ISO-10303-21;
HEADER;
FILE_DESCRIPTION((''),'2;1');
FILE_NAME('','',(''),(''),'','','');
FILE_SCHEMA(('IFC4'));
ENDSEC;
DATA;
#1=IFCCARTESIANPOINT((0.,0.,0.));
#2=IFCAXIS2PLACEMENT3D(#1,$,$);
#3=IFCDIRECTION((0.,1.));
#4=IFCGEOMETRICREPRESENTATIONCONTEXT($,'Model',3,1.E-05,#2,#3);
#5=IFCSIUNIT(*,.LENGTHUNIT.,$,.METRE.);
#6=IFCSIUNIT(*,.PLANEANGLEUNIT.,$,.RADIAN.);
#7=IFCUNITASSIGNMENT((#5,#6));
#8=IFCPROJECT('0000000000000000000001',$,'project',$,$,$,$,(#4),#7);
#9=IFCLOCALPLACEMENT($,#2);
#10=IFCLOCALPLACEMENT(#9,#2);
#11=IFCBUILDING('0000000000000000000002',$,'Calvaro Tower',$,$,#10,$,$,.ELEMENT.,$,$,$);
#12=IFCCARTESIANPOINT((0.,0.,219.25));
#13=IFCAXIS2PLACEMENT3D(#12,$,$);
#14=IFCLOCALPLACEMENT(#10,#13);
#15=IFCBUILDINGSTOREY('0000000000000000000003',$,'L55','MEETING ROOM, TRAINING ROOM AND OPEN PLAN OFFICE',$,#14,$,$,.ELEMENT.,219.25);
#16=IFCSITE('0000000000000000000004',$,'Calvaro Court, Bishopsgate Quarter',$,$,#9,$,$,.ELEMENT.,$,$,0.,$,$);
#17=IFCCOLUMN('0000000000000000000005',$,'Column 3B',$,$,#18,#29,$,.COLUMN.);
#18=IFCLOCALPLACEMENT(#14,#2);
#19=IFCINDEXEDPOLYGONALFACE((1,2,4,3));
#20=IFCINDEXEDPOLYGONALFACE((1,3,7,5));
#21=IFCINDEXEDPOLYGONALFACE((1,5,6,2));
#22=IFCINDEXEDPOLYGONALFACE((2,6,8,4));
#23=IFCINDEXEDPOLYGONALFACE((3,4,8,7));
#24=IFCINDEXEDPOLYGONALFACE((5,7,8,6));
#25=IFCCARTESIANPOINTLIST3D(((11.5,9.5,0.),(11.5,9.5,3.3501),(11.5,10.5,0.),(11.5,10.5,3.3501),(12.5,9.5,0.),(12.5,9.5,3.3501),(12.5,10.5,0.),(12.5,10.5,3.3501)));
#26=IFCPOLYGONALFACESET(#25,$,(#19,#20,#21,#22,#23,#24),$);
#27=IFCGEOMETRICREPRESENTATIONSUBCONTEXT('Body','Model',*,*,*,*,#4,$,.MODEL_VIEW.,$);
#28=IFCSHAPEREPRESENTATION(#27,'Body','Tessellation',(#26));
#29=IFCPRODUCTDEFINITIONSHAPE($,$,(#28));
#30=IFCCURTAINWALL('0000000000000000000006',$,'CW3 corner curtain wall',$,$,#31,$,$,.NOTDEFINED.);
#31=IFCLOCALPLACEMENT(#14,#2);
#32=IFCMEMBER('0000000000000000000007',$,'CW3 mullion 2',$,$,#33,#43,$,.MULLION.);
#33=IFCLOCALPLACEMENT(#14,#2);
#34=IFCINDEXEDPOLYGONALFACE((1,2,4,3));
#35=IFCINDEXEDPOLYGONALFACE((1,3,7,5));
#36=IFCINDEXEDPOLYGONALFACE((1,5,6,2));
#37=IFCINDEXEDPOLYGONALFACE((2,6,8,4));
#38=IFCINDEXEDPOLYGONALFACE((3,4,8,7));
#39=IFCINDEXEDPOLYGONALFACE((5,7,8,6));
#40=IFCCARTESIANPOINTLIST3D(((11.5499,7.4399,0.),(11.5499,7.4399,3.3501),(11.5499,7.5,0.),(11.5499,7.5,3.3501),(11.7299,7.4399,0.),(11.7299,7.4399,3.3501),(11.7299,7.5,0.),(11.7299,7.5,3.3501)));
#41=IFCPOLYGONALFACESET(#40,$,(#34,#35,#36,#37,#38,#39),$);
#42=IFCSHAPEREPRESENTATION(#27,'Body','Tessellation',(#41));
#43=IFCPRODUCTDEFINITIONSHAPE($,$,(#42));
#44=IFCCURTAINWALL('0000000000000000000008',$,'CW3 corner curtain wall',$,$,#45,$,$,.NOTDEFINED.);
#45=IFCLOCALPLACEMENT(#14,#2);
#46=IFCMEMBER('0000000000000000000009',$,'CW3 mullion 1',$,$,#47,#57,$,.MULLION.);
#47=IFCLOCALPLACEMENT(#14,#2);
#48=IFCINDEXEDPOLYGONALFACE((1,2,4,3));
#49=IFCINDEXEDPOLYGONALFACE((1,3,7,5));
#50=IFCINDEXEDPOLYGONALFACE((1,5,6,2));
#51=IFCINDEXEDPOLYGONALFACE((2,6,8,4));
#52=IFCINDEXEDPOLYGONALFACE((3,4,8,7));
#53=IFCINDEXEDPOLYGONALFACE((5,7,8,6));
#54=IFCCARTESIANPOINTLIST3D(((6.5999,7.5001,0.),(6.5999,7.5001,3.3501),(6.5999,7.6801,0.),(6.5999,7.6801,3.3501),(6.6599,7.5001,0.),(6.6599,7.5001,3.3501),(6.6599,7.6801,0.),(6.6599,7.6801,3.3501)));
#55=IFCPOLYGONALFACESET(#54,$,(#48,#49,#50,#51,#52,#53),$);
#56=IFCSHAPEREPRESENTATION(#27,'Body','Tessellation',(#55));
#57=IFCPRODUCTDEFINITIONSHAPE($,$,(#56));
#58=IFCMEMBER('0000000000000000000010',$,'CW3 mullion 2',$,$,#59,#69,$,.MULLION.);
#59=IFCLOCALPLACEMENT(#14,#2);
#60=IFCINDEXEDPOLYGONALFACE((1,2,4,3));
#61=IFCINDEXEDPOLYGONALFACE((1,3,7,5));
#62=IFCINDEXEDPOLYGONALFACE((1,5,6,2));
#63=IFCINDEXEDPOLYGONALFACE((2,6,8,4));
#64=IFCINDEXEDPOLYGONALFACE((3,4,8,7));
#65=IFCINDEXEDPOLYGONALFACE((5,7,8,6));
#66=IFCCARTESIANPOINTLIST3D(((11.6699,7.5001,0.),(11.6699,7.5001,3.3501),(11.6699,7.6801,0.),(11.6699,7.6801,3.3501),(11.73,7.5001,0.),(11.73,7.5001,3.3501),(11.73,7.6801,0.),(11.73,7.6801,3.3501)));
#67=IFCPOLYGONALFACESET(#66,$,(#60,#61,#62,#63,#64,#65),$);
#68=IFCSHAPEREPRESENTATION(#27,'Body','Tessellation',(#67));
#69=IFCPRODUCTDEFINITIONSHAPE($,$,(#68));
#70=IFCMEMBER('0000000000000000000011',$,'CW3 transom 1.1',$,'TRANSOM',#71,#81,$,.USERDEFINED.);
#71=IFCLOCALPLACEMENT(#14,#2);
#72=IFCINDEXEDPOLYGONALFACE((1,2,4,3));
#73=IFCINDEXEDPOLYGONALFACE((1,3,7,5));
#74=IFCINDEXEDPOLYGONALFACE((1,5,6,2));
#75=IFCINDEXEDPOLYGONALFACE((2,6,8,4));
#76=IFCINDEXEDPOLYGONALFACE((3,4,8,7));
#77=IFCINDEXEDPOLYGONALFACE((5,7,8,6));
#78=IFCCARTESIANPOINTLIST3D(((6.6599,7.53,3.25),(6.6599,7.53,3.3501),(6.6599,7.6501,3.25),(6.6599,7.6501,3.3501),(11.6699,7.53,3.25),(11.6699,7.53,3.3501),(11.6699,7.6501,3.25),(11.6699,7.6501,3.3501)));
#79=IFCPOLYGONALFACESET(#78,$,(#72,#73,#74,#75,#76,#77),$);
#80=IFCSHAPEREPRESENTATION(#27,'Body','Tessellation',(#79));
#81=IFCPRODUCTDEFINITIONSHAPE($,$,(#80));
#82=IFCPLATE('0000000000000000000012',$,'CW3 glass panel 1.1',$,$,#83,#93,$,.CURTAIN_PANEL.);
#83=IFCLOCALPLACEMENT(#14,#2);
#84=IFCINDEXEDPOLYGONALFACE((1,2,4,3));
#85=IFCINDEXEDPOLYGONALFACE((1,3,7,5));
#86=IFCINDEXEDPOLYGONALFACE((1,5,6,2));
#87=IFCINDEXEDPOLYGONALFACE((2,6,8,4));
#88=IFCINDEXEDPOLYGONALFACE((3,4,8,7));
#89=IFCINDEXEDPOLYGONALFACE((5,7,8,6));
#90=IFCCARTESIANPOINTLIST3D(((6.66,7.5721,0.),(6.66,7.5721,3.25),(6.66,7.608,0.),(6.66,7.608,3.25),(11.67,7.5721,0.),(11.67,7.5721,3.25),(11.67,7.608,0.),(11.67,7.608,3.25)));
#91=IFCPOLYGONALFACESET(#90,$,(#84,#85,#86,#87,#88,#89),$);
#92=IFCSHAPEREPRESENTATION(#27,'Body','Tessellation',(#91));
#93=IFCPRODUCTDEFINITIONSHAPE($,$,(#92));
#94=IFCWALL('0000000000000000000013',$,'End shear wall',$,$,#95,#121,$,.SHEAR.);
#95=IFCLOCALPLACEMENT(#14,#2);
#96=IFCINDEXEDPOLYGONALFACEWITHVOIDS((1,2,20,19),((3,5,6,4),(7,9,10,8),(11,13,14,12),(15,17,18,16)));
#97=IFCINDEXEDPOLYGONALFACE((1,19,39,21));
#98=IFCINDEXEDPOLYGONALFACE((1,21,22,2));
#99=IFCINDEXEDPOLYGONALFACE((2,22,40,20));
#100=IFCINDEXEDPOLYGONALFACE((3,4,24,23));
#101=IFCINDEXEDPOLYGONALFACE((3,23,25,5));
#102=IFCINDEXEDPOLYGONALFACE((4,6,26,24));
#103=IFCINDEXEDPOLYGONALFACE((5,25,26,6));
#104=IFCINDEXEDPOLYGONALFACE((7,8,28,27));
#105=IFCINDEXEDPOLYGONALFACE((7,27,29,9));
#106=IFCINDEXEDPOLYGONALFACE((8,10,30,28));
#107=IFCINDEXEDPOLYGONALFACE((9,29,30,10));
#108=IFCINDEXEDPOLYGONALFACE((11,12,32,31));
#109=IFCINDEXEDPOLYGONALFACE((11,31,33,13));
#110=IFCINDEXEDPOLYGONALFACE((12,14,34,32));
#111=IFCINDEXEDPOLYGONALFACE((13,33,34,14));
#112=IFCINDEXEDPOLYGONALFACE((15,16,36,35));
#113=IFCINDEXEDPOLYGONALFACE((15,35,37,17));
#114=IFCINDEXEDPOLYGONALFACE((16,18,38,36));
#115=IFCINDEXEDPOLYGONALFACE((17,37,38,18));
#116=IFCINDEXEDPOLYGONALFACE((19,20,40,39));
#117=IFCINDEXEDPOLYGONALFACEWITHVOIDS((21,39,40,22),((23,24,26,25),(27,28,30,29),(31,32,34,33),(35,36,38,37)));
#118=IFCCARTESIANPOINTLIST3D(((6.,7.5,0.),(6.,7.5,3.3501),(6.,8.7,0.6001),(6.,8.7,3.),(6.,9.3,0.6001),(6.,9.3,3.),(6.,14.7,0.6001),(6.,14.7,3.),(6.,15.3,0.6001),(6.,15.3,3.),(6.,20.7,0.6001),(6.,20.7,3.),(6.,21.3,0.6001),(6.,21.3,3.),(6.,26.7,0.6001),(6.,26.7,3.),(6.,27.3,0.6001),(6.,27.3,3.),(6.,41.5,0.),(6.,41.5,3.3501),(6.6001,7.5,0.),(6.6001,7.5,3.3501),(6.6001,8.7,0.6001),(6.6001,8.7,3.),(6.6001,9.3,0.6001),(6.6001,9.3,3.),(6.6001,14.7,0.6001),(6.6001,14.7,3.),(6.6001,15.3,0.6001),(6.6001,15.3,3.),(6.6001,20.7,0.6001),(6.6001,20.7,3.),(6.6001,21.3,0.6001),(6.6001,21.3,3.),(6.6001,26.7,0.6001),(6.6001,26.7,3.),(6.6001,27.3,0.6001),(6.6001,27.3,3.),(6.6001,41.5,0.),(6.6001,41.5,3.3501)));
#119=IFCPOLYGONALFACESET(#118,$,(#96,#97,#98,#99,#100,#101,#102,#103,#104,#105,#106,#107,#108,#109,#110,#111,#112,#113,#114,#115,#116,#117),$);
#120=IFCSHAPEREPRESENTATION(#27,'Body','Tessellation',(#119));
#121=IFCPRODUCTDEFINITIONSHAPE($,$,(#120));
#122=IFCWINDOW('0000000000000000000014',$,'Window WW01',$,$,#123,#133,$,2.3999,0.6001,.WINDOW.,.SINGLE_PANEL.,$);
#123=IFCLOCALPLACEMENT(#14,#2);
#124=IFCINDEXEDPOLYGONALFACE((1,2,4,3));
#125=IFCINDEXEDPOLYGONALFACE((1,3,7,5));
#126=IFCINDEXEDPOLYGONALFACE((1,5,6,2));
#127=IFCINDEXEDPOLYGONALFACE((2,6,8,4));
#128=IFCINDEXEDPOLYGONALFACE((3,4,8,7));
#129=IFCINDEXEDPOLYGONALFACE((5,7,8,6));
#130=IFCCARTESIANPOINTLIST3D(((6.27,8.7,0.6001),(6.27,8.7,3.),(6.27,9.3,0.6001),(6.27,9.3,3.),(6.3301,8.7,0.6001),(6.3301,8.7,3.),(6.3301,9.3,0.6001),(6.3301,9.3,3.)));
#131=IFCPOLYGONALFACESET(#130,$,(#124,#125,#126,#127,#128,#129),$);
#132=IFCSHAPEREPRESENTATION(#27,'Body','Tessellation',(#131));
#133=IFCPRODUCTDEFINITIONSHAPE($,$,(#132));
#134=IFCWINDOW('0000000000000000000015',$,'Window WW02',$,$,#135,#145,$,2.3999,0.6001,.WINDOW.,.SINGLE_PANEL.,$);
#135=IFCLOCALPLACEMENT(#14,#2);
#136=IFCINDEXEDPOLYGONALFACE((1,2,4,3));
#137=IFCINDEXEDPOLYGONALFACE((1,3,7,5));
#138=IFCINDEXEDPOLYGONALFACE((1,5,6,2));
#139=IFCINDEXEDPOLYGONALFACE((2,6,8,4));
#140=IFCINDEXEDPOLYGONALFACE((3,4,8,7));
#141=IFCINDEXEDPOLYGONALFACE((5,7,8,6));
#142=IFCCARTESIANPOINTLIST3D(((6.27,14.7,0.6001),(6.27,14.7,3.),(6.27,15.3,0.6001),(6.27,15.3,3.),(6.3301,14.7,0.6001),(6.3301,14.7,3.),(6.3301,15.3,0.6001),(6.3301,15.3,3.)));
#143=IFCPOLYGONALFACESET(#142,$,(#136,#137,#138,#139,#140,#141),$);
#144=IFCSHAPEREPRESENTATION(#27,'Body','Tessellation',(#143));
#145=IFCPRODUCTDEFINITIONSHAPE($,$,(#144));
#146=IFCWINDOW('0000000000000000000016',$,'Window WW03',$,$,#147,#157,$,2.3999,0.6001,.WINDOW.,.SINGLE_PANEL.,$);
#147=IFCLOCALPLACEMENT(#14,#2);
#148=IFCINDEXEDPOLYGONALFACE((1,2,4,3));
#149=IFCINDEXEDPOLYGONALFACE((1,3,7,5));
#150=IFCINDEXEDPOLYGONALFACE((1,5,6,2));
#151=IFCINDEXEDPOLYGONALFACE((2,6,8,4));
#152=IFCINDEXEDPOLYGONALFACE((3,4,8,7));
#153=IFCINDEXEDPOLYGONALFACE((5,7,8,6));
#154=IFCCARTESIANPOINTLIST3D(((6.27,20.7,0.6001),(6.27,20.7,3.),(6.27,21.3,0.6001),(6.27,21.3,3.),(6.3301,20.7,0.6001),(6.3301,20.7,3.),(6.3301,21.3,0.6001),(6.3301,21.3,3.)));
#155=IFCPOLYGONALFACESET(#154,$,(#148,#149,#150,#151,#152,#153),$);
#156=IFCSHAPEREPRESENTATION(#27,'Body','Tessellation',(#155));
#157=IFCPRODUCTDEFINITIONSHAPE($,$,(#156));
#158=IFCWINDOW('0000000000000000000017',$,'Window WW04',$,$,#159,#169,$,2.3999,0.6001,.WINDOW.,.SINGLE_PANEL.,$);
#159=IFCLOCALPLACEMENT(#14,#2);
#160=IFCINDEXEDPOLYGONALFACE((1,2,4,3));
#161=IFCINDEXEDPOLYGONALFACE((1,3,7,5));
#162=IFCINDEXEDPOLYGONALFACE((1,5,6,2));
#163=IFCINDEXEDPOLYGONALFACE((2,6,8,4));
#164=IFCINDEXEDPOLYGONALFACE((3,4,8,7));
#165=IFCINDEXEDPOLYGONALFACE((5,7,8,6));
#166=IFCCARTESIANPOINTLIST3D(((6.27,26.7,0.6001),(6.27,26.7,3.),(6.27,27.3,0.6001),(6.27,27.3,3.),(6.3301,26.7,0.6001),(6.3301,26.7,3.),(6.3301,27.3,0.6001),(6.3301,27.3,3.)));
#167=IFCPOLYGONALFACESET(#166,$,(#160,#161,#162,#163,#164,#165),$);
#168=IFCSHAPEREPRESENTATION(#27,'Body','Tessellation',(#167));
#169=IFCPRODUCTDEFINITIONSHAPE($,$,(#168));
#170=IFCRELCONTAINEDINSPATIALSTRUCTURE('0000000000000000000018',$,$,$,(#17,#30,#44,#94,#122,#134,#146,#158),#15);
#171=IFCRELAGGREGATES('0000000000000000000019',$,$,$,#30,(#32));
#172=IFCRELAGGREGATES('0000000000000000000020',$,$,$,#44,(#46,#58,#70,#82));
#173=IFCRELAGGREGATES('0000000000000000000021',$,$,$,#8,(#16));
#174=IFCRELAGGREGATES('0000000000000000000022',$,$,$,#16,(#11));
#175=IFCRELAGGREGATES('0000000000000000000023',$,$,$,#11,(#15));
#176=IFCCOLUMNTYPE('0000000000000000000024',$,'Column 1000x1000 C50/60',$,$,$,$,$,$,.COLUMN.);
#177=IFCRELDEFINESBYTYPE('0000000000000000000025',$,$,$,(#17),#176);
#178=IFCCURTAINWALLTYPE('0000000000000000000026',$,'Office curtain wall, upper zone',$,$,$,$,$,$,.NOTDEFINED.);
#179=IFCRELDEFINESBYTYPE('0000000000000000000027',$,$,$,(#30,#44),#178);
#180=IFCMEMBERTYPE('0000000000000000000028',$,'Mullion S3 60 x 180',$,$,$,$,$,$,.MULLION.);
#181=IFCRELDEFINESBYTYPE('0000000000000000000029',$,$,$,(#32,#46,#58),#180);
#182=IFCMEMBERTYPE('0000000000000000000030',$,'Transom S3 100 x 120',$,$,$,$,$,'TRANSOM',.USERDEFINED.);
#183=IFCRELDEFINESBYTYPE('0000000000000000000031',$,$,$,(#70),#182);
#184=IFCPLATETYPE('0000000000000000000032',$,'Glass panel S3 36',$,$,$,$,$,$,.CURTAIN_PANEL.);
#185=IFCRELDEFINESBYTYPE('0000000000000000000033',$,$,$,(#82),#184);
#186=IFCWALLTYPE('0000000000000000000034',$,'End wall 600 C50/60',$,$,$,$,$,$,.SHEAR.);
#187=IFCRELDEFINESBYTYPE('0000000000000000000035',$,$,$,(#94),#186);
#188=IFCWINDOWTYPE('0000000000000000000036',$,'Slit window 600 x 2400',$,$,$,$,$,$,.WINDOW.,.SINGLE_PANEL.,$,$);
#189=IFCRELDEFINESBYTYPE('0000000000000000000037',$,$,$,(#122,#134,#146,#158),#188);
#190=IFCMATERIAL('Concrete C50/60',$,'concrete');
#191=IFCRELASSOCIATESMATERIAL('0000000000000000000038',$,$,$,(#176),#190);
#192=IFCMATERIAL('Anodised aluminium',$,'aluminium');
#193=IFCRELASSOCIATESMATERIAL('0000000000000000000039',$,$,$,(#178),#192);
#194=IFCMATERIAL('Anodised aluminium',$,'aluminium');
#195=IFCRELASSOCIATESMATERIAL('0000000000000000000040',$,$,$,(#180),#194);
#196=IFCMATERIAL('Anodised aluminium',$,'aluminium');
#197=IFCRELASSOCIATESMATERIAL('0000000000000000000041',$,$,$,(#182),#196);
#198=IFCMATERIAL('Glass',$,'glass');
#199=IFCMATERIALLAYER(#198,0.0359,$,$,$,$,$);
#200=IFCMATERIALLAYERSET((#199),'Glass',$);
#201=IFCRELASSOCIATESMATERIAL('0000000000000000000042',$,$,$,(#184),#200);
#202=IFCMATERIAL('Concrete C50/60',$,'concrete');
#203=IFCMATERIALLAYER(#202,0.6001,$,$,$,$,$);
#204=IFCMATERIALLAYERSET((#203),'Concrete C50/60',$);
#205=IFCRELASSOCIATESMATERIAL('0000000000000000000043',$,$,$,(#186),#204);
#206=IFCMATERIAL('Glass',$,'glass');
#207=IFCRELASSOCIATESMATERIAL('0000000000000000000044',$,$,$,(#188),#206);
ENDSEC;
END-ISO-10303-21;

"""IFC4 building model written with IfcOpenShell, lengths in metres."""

from ifc_helpers import new_model, si_unit, direction, frame, frame_2d, origin, origin_2d, place, context, subcontext, project, spatial, rectangle, extrude, material, layer, layer_set, material_profile, profile_set, type_object, element, fill, aggregate, save


model = new_model("IFC4")

# Units and contexts
model_context = context("Model", 3, precision=1e-05, world=origin(), true_north=direction((0.0, 1.0)))
body_context = subcontext(model_context, "Body", "Model", "MODEL_VIEW")
ifc_project = project(units=[si_unit("LENGTHUNIT", "METRE"), si_unit("PLANEANGLEUNIT", "RADIAN")], contexts=[model_context])

# Site, building, storey
site_placement = place(None, origin())
site = spatial("IfcSite", under=ifc_project, at=site_placement, Name="Calvaro Court, Bishopsgate Quarter", CompositionType="ELEMENT", RefElevation=0.0)
building_placement = place(site_placement, origin())
building = spatial("IfcBuilding", under=site, at=building_placement, Name="Calvaro Tower", CompositionType="ELEMENT")
storey_placement = place(building_placement, frame((0.0, 0.0, 219.25)))
storey = spatial("IfcBuildingStorey", under=building, at=storey_placement, Name="L55", Description="MEETING ROOM, TRAINING ROOM AND OPEN PLAN OFFICE", CompositionType="ELEMENT", Elevation=219.25)

# Column
ifc_material_1 = material(Name="Concrete C50/60", Category="concrete")
ifc_material_profile_1 = material_profile(ifc_material_1, rectangle(XDim=1.0, YDim=1.0, at=origin_2d()), Name="RC 1000x1000")
ifc_profile_set_1 = profile_set([ifc_material_profile_1], Name="Concrete C50/60")
column_type = type_object("IfcColumnType", Name="Column 1000x1000 C50/60", PredefinedType="COLUMN", material=ifc_profile_set_1)
column_placement = place(storey_placement, frame((12.0, 10.0, 0.0), z_axis=(0.0, 0.0, 1.0), x_axis=(1.0, 0.0, 0.0)))
element("IfcColumn", 1, at=column_placement, inside=storey, type_object=column_type, Name="Column 3B", PredefinedType="COLUMN", context=body_context, shape_type="SweptSolid", body=[
    extrude(rectangle(XDim=1.0, YDim=1.0, at=origin_2d()), origin(), (0.0, 0.0, 1.0), 3.3501),
])

# Curtain wall, member
ifc_material_2 = material(Name="Anodised aluminium", Category="aluminium")
curtain_wall_type = type_object("IfcCurtainWallType", Name="Office curtain wall, upper zone", PredefinedType="NOTDEFINED", material=ifc_material_2)
curtain_wall_1_placement = place(storey_placement, origin())
curtain_wall_1 = element("IfcCurtainWall", 2, at=curtain_wall_1_placement, inside=storey, type_object=curtain_wall_type, Name="CW3 corner curtain wall", PredefinedType="NOTDEFINED")
ifc_material_3 = material(Name="Anodised aluminium", Category="aluminium")
ifc_material_profile_2 = material_profile(ifc_material_3, rectangle(XDim=0.1799, YDim=0.0601, at=origin_2d()), Name="Mullion S3 60 x 180")
ifc_profile_set_2 = profile_set([ifc_material_profile_2], Name="Anodised aluminium")
member_type_1 = type_object("IfcMemberType", Name="Mullion S3 60 x 180", PredefinedType="MULLION", material=ifc_profile_set_2)
member_1_placement = place(storey_placement, frame((11.6399, 7.47, 0.0), z_axis=(0.0, 0.0, 1.0), x_axis=(-1.0, 0.0, 0.0)))
member_1 = element("IfcMember", 3, at=member_1_placement, type_object=member_type_1, Name="CW3 mullion 2", PredefinedType="MULLION", context=body_context, shape_type="SweptSolid", body=[
    extrude(rectangle(XDim=0.1799, YDim=0.0601, at=origin_2d()), origin(), (0.0, 0.0, 1.0), 3.3501),
])
aggregate(curtain_wall_1, [member_1])

# Curtain wall, members, plate
curtain_wall_2_placement = place(storey_placement, origin())
curtain_wall_2 = element("IfcCurtainWall", 4, at=curtain_wall_2_placement, inside=storey, type_object=curtain_wall_type, Name="CW3 corner curtain wall", PredefinedType="NOTDEFINED")
member_2_placement = place(storey_placement, frame((6.6299, 7.5901, 0.0), z_axis=(0.0, 0.0, 1.0), x_axis=(0.0, 1.0, 0.0)))
member_2 = element("IfcMember", 5, at=member_2_placement, type_object=member_type_1, Name="CW3 mullion 1", PredefinedType="MULLION", context=body_context, shape_type="SweptSolid", body=[
    extrude(rectangle(XDim=0.1799, YDim=0.0601, at=origin_2d()), origin(), (0.0, 0.0, 1.0), 3.3501),
])
member_3_placement = place(storey_placement, frame((11.7, 7.5901, 0.0), z_axis=(0.0, 0.0, 1.0), x_axis=(0.0, 1.0, 0.0)))
member_3 = element("IfcMember", 6, at=member_3_placement, type_object=member_type_1, Name="CW3 mullion 2", PredefinedType="MULLION", context=body_context, shape_type="SweptSolid", body=[
    extrude(rectangle(XDim=0.1799, YDim=0.0601, at=origin_2d()), origin(), (0.0, 0.0, 1.0), 3.3501),
])
ifc_material_4 = material(Name="Anodised aluminium", Category="aluminium")
ifc_material_profile_3 = material_profile(ifc_material_4, rectangle(XDim=0.1201, YDim=0.1001, at=origin_2d()), Name="Transom S3 100 x 120")
ifc_profile_set_3 = profile_set([ifc_material_profile_3], Name="Anodised aluminium")
member_type_2 = type_object("IfcMemberType", Name="Transom S3 100 x 120", ElementType="TRANSOM", PredefinedType="USERDEFINED", material=ifc_profile_set_3)
member_4_placement = place(storey_placement, frame((6.6599, 7.5901, 3.3), z_axis=(1.0, 0.0, 0.0), x_axis=(0.0, 1.0, 0.0)))
member_4 = element("IfcMember", 7, at=member_4_placement, type_object=member_type_2, Name="CW3 transom 1.1", ObjectType="TRANSOM", PredefinedType="USERDEFINED", context=body_context, shape_type="SweptSolid", body=[
    extrude(rectangle(XDim=0.1201, YDim=0.1001, at=origin_2d()), origin(), (0.0, 0.0, 1.0), 5.01),
])
ifc_material_5 = material(Name="Glass", Category="glass")
ifc_layer_1 = layer(ifc_material_5, 0.0359)
ifc_layer_set_1 = layer_set([ifc_layer_1], Name="Glass")
plate_type = type_object("IfcPlateType", Name="Glass panel S3 36", PredefinedType="CURTAIN_PANEL", material=ifc_layer_set_1)
plate_placement = place(storey_placement, frame((9.165, 7.5901, 0.0), z_axis=(0.0, 0.0, 1.0), x_axis=(1.0, 0.0, 0.0)))
plate = element("IfcPlate", 8, at=plate_placement, type_object=plate_type, Name="CW3 glass panel 1.1", PredefinedType="CURTAIN_PANEL", context=body_context, shape_type="SweptSolid", body=[
    extrude(rectangle(XDim=5.01, YDim=0.0359, at=origin_2d()), origin(), (0.0, 0.0, 1.0), 3.25),
])
aggregate(curtain_wall_2, [member_2, member_3, member_4, plate])

# Wall, openings, windows
ifc_material_6 = material(Name="Concrete C50/60", Category="concrete")
ifc_layer_2 = layer(ifc_material_6, 0.6001)
ifc_layer_set_2 = layer_set([ifc_layer_2], Name="Concrete C50/60")
wall_type_1 = type_object("IfcWallType", Name="End wall 600 C50/60", PredefinedType="SHEAR", material=ifc_layer_set_2)
wall_1_placement = place(storey_placement, frame((6.3, 7.5, 0.0), z_axis=(0.0, 0.0, 1.0), x_axis=(0.0, 1.0, 0.0)))
wall_1 = element("IfcWall", 9, at=wall_1_placement, inside=storey, type_object=wall_type_1, Name="End shear wall", PredefinedType="SHEAR", context=body_context, shape_type="SweptSolid", body=[
    extrude(rectangle(XDim=34.0, YDim=0.6001, at=frame_2d((17.0, 0.0))), origin(), (0.0, 0.0, 1.0), 3.3501),
])
opening_1_placement = place(wall_1_placement, frame((1.2, 0.0, 0.6001)))
opening_1 = element("IfcOpeningElement", 10, at=opening_1_placement, cuts=wall_1, PredefinedType="OPENING", context=body_context, shape_type="SweptSolid", body=[
    extrude(rectangle(XDim=0.6001, YDim=2.3999, at=frame_2d((0.3, 1.2))), frame((0.0, 0.3101, 0.0), z_axis=(0.0, -1.0, 0.0), x_axis=(1.0, 0.0, 0.0)), (0.0, 0.0, 1.0), 0.6201),
])
opening_2_placement = place(wall_1_placement, frame((7.2, 0.0, 0.6001)))
opening_2 = element("IfcOpeningElement", 11, at=opening_2_placement, cuts=wall_1, PredefinedType="OPENING", context=body_context, shape_type="SweptSolid", body=[
    extrude(rectangle(XDim=0.6001, YDim=2.3999, at=frame_2d((0.3, 1.2))), frame((0.0, 0.3101, 0.0), z_axis=(0.0, -1.0, 0.0), x_axis=(1.0, 0.0, 0.0)), (0.0, 0.0, 1.0), 0.6201),
])
opening_3_placement = place(wall_1_placement, frame((13.2, 0.0, 0.6001)))
opening_3 = element("IfcOpeningElement", 12, at=opening_3_placement, cuts=wall_1, PredefinedType="OPENING", context=body_context, shape_type="SweptSolid", body=[
    extrude(rectangle(XDim=0.6001, YDim=2.3999, at=frame_2d((0.3, 1.2))), frame((0.0, 0.3101, 0.0), z_axis=(0.0, -1.0, 0.0), x_axis=(1.0, 0.0, 0.0)), (0.0, 0.0, 1.0), 0.6201),
])
opening_4_placement = place(wall_1_placement, frame((19.2, 0.0, 0.6001)))
opening_4 = element("IfcOpeningElement", 13, at=opening_4_placement, cuts=wall_1, PredefinedType="OPENING", context=body_context, shape_type="SweptSolid", body=[
    extrude(rectangle(XDim=0.6001, YDim=2.3999, at=frame_2d((0.3, 1.2))), frame((0.0, 0.3101, 0.0), z_axis=(0.0, -1.0, 0.0), x_axis=(1.0, 0.0, 0.0)), (0.0, 0.0, 1.0), 0.6201),
])
ifc_material_7 = material(Name="Glass", Category="glass")
window_type = type_object("IfcWindowType", Name="Slit window 600 x 2400", PartitioningType="SINGLE_PANEL", PredefinedType="WINDOW", material=ifc_material_7)
window_1_placement = place(opening_1_placement, origin())
window_1 = element("IfcWindow", 14, at=window_1_placement, inside=storey, type_object=window_type, Name="Window WW01", OverallHeight=2.3999, OverallWidth=0.6001, PartitioningType="SINGLE_PANEL", PredefinedType="WINDOW", context=body_context, shape_type="SweptSolid", body=[
    extrude(rectangle(XDim=0.6001, YDim=2.3999, at=frame_2d((0.3, 1.2))), frame((0.0, 0.03, 0.0), z_axis=(0.0, -1.0, 0.0), x_axis=(1.0, 0.0, 0.0)), (0.0, 0.0, 1.0), 0.0601),
])
fill(opening_1, window_1)
window_2_placement = place(opening_2_placement, origin())
window_2 = element("IfcWindow", 15, at=window_2_placement, inside=storey, type_object=window_type, Name="Window WW02", OverallHeight=2.3999, OverallWidth=0.6001, PartitioningType="SINGLE_PANEL", PredefinedType="WINDOW", context=body_context, shape_type="SweptSolid", body=[
    extrude(rectangle(XDim=0.6001, YDim=2.3999, at=frame_2d((0.3, 1.2))), frame((0.0, 0.03, 0.0), z_axis=(0.0, -1.0, 0.0), x_axis=(1.0, 0.0, 0.0)), (0.0, 0.0, 1.0), 0.0601),
])
fill(opening_2, window_2)
window_3_placement = place(opening_3_placement, origin())
window_3 = element("IfcWindow", 16, at=window_3_placement, inside=storey, type_object=window_type, Name="Window WW03", OverallHeight=2.3999, OverallWidth=0.6001, PartitioningType="SINGLE_PANEL", PredefinedType="WINDOW", context=body_context, shape_type="SweptSolid", body=[
    extrude(rectangle(XDim=0.6001, YDim=2.3999, at=frame_2d((0.3, 1.2))), frame((0.0, 0.03, 0.0), z_axis=(0.0, -1.0, 0.0), x_axis=(1.0, 0.0, 0.0)), (0.0, 0.0, 1.0), 0.0601),
])
fill(opening_3, window_3)
window_4_placement = place(opening_4_placement, origin())
window_4 = element("IfcWindow", 17, at=window_4_placement, inside=storey, type_object=window_type, Name="Window WW04", OverallHeight=2.3999, OverallWidth=0.6001, PartitioningType="SINGLE_PANEL", PredefinedType="WINDOW", context=body_context, shape_type="SweptSolid", body=[
    extrude(rectangle(XDim=0.6001, YDim=2.3999, at=frame_2d((0.3, 1.2))), frame((0.0, 0.03, 0.0), z_axis=(0.0, -1.0, 0.0), x_axis=(1.0, 0.0, 0.0)), (0.0, 0.0, 1.0), 0.0601),
])
fill(opening_4, window_4)

save(model, "model.ifc")
